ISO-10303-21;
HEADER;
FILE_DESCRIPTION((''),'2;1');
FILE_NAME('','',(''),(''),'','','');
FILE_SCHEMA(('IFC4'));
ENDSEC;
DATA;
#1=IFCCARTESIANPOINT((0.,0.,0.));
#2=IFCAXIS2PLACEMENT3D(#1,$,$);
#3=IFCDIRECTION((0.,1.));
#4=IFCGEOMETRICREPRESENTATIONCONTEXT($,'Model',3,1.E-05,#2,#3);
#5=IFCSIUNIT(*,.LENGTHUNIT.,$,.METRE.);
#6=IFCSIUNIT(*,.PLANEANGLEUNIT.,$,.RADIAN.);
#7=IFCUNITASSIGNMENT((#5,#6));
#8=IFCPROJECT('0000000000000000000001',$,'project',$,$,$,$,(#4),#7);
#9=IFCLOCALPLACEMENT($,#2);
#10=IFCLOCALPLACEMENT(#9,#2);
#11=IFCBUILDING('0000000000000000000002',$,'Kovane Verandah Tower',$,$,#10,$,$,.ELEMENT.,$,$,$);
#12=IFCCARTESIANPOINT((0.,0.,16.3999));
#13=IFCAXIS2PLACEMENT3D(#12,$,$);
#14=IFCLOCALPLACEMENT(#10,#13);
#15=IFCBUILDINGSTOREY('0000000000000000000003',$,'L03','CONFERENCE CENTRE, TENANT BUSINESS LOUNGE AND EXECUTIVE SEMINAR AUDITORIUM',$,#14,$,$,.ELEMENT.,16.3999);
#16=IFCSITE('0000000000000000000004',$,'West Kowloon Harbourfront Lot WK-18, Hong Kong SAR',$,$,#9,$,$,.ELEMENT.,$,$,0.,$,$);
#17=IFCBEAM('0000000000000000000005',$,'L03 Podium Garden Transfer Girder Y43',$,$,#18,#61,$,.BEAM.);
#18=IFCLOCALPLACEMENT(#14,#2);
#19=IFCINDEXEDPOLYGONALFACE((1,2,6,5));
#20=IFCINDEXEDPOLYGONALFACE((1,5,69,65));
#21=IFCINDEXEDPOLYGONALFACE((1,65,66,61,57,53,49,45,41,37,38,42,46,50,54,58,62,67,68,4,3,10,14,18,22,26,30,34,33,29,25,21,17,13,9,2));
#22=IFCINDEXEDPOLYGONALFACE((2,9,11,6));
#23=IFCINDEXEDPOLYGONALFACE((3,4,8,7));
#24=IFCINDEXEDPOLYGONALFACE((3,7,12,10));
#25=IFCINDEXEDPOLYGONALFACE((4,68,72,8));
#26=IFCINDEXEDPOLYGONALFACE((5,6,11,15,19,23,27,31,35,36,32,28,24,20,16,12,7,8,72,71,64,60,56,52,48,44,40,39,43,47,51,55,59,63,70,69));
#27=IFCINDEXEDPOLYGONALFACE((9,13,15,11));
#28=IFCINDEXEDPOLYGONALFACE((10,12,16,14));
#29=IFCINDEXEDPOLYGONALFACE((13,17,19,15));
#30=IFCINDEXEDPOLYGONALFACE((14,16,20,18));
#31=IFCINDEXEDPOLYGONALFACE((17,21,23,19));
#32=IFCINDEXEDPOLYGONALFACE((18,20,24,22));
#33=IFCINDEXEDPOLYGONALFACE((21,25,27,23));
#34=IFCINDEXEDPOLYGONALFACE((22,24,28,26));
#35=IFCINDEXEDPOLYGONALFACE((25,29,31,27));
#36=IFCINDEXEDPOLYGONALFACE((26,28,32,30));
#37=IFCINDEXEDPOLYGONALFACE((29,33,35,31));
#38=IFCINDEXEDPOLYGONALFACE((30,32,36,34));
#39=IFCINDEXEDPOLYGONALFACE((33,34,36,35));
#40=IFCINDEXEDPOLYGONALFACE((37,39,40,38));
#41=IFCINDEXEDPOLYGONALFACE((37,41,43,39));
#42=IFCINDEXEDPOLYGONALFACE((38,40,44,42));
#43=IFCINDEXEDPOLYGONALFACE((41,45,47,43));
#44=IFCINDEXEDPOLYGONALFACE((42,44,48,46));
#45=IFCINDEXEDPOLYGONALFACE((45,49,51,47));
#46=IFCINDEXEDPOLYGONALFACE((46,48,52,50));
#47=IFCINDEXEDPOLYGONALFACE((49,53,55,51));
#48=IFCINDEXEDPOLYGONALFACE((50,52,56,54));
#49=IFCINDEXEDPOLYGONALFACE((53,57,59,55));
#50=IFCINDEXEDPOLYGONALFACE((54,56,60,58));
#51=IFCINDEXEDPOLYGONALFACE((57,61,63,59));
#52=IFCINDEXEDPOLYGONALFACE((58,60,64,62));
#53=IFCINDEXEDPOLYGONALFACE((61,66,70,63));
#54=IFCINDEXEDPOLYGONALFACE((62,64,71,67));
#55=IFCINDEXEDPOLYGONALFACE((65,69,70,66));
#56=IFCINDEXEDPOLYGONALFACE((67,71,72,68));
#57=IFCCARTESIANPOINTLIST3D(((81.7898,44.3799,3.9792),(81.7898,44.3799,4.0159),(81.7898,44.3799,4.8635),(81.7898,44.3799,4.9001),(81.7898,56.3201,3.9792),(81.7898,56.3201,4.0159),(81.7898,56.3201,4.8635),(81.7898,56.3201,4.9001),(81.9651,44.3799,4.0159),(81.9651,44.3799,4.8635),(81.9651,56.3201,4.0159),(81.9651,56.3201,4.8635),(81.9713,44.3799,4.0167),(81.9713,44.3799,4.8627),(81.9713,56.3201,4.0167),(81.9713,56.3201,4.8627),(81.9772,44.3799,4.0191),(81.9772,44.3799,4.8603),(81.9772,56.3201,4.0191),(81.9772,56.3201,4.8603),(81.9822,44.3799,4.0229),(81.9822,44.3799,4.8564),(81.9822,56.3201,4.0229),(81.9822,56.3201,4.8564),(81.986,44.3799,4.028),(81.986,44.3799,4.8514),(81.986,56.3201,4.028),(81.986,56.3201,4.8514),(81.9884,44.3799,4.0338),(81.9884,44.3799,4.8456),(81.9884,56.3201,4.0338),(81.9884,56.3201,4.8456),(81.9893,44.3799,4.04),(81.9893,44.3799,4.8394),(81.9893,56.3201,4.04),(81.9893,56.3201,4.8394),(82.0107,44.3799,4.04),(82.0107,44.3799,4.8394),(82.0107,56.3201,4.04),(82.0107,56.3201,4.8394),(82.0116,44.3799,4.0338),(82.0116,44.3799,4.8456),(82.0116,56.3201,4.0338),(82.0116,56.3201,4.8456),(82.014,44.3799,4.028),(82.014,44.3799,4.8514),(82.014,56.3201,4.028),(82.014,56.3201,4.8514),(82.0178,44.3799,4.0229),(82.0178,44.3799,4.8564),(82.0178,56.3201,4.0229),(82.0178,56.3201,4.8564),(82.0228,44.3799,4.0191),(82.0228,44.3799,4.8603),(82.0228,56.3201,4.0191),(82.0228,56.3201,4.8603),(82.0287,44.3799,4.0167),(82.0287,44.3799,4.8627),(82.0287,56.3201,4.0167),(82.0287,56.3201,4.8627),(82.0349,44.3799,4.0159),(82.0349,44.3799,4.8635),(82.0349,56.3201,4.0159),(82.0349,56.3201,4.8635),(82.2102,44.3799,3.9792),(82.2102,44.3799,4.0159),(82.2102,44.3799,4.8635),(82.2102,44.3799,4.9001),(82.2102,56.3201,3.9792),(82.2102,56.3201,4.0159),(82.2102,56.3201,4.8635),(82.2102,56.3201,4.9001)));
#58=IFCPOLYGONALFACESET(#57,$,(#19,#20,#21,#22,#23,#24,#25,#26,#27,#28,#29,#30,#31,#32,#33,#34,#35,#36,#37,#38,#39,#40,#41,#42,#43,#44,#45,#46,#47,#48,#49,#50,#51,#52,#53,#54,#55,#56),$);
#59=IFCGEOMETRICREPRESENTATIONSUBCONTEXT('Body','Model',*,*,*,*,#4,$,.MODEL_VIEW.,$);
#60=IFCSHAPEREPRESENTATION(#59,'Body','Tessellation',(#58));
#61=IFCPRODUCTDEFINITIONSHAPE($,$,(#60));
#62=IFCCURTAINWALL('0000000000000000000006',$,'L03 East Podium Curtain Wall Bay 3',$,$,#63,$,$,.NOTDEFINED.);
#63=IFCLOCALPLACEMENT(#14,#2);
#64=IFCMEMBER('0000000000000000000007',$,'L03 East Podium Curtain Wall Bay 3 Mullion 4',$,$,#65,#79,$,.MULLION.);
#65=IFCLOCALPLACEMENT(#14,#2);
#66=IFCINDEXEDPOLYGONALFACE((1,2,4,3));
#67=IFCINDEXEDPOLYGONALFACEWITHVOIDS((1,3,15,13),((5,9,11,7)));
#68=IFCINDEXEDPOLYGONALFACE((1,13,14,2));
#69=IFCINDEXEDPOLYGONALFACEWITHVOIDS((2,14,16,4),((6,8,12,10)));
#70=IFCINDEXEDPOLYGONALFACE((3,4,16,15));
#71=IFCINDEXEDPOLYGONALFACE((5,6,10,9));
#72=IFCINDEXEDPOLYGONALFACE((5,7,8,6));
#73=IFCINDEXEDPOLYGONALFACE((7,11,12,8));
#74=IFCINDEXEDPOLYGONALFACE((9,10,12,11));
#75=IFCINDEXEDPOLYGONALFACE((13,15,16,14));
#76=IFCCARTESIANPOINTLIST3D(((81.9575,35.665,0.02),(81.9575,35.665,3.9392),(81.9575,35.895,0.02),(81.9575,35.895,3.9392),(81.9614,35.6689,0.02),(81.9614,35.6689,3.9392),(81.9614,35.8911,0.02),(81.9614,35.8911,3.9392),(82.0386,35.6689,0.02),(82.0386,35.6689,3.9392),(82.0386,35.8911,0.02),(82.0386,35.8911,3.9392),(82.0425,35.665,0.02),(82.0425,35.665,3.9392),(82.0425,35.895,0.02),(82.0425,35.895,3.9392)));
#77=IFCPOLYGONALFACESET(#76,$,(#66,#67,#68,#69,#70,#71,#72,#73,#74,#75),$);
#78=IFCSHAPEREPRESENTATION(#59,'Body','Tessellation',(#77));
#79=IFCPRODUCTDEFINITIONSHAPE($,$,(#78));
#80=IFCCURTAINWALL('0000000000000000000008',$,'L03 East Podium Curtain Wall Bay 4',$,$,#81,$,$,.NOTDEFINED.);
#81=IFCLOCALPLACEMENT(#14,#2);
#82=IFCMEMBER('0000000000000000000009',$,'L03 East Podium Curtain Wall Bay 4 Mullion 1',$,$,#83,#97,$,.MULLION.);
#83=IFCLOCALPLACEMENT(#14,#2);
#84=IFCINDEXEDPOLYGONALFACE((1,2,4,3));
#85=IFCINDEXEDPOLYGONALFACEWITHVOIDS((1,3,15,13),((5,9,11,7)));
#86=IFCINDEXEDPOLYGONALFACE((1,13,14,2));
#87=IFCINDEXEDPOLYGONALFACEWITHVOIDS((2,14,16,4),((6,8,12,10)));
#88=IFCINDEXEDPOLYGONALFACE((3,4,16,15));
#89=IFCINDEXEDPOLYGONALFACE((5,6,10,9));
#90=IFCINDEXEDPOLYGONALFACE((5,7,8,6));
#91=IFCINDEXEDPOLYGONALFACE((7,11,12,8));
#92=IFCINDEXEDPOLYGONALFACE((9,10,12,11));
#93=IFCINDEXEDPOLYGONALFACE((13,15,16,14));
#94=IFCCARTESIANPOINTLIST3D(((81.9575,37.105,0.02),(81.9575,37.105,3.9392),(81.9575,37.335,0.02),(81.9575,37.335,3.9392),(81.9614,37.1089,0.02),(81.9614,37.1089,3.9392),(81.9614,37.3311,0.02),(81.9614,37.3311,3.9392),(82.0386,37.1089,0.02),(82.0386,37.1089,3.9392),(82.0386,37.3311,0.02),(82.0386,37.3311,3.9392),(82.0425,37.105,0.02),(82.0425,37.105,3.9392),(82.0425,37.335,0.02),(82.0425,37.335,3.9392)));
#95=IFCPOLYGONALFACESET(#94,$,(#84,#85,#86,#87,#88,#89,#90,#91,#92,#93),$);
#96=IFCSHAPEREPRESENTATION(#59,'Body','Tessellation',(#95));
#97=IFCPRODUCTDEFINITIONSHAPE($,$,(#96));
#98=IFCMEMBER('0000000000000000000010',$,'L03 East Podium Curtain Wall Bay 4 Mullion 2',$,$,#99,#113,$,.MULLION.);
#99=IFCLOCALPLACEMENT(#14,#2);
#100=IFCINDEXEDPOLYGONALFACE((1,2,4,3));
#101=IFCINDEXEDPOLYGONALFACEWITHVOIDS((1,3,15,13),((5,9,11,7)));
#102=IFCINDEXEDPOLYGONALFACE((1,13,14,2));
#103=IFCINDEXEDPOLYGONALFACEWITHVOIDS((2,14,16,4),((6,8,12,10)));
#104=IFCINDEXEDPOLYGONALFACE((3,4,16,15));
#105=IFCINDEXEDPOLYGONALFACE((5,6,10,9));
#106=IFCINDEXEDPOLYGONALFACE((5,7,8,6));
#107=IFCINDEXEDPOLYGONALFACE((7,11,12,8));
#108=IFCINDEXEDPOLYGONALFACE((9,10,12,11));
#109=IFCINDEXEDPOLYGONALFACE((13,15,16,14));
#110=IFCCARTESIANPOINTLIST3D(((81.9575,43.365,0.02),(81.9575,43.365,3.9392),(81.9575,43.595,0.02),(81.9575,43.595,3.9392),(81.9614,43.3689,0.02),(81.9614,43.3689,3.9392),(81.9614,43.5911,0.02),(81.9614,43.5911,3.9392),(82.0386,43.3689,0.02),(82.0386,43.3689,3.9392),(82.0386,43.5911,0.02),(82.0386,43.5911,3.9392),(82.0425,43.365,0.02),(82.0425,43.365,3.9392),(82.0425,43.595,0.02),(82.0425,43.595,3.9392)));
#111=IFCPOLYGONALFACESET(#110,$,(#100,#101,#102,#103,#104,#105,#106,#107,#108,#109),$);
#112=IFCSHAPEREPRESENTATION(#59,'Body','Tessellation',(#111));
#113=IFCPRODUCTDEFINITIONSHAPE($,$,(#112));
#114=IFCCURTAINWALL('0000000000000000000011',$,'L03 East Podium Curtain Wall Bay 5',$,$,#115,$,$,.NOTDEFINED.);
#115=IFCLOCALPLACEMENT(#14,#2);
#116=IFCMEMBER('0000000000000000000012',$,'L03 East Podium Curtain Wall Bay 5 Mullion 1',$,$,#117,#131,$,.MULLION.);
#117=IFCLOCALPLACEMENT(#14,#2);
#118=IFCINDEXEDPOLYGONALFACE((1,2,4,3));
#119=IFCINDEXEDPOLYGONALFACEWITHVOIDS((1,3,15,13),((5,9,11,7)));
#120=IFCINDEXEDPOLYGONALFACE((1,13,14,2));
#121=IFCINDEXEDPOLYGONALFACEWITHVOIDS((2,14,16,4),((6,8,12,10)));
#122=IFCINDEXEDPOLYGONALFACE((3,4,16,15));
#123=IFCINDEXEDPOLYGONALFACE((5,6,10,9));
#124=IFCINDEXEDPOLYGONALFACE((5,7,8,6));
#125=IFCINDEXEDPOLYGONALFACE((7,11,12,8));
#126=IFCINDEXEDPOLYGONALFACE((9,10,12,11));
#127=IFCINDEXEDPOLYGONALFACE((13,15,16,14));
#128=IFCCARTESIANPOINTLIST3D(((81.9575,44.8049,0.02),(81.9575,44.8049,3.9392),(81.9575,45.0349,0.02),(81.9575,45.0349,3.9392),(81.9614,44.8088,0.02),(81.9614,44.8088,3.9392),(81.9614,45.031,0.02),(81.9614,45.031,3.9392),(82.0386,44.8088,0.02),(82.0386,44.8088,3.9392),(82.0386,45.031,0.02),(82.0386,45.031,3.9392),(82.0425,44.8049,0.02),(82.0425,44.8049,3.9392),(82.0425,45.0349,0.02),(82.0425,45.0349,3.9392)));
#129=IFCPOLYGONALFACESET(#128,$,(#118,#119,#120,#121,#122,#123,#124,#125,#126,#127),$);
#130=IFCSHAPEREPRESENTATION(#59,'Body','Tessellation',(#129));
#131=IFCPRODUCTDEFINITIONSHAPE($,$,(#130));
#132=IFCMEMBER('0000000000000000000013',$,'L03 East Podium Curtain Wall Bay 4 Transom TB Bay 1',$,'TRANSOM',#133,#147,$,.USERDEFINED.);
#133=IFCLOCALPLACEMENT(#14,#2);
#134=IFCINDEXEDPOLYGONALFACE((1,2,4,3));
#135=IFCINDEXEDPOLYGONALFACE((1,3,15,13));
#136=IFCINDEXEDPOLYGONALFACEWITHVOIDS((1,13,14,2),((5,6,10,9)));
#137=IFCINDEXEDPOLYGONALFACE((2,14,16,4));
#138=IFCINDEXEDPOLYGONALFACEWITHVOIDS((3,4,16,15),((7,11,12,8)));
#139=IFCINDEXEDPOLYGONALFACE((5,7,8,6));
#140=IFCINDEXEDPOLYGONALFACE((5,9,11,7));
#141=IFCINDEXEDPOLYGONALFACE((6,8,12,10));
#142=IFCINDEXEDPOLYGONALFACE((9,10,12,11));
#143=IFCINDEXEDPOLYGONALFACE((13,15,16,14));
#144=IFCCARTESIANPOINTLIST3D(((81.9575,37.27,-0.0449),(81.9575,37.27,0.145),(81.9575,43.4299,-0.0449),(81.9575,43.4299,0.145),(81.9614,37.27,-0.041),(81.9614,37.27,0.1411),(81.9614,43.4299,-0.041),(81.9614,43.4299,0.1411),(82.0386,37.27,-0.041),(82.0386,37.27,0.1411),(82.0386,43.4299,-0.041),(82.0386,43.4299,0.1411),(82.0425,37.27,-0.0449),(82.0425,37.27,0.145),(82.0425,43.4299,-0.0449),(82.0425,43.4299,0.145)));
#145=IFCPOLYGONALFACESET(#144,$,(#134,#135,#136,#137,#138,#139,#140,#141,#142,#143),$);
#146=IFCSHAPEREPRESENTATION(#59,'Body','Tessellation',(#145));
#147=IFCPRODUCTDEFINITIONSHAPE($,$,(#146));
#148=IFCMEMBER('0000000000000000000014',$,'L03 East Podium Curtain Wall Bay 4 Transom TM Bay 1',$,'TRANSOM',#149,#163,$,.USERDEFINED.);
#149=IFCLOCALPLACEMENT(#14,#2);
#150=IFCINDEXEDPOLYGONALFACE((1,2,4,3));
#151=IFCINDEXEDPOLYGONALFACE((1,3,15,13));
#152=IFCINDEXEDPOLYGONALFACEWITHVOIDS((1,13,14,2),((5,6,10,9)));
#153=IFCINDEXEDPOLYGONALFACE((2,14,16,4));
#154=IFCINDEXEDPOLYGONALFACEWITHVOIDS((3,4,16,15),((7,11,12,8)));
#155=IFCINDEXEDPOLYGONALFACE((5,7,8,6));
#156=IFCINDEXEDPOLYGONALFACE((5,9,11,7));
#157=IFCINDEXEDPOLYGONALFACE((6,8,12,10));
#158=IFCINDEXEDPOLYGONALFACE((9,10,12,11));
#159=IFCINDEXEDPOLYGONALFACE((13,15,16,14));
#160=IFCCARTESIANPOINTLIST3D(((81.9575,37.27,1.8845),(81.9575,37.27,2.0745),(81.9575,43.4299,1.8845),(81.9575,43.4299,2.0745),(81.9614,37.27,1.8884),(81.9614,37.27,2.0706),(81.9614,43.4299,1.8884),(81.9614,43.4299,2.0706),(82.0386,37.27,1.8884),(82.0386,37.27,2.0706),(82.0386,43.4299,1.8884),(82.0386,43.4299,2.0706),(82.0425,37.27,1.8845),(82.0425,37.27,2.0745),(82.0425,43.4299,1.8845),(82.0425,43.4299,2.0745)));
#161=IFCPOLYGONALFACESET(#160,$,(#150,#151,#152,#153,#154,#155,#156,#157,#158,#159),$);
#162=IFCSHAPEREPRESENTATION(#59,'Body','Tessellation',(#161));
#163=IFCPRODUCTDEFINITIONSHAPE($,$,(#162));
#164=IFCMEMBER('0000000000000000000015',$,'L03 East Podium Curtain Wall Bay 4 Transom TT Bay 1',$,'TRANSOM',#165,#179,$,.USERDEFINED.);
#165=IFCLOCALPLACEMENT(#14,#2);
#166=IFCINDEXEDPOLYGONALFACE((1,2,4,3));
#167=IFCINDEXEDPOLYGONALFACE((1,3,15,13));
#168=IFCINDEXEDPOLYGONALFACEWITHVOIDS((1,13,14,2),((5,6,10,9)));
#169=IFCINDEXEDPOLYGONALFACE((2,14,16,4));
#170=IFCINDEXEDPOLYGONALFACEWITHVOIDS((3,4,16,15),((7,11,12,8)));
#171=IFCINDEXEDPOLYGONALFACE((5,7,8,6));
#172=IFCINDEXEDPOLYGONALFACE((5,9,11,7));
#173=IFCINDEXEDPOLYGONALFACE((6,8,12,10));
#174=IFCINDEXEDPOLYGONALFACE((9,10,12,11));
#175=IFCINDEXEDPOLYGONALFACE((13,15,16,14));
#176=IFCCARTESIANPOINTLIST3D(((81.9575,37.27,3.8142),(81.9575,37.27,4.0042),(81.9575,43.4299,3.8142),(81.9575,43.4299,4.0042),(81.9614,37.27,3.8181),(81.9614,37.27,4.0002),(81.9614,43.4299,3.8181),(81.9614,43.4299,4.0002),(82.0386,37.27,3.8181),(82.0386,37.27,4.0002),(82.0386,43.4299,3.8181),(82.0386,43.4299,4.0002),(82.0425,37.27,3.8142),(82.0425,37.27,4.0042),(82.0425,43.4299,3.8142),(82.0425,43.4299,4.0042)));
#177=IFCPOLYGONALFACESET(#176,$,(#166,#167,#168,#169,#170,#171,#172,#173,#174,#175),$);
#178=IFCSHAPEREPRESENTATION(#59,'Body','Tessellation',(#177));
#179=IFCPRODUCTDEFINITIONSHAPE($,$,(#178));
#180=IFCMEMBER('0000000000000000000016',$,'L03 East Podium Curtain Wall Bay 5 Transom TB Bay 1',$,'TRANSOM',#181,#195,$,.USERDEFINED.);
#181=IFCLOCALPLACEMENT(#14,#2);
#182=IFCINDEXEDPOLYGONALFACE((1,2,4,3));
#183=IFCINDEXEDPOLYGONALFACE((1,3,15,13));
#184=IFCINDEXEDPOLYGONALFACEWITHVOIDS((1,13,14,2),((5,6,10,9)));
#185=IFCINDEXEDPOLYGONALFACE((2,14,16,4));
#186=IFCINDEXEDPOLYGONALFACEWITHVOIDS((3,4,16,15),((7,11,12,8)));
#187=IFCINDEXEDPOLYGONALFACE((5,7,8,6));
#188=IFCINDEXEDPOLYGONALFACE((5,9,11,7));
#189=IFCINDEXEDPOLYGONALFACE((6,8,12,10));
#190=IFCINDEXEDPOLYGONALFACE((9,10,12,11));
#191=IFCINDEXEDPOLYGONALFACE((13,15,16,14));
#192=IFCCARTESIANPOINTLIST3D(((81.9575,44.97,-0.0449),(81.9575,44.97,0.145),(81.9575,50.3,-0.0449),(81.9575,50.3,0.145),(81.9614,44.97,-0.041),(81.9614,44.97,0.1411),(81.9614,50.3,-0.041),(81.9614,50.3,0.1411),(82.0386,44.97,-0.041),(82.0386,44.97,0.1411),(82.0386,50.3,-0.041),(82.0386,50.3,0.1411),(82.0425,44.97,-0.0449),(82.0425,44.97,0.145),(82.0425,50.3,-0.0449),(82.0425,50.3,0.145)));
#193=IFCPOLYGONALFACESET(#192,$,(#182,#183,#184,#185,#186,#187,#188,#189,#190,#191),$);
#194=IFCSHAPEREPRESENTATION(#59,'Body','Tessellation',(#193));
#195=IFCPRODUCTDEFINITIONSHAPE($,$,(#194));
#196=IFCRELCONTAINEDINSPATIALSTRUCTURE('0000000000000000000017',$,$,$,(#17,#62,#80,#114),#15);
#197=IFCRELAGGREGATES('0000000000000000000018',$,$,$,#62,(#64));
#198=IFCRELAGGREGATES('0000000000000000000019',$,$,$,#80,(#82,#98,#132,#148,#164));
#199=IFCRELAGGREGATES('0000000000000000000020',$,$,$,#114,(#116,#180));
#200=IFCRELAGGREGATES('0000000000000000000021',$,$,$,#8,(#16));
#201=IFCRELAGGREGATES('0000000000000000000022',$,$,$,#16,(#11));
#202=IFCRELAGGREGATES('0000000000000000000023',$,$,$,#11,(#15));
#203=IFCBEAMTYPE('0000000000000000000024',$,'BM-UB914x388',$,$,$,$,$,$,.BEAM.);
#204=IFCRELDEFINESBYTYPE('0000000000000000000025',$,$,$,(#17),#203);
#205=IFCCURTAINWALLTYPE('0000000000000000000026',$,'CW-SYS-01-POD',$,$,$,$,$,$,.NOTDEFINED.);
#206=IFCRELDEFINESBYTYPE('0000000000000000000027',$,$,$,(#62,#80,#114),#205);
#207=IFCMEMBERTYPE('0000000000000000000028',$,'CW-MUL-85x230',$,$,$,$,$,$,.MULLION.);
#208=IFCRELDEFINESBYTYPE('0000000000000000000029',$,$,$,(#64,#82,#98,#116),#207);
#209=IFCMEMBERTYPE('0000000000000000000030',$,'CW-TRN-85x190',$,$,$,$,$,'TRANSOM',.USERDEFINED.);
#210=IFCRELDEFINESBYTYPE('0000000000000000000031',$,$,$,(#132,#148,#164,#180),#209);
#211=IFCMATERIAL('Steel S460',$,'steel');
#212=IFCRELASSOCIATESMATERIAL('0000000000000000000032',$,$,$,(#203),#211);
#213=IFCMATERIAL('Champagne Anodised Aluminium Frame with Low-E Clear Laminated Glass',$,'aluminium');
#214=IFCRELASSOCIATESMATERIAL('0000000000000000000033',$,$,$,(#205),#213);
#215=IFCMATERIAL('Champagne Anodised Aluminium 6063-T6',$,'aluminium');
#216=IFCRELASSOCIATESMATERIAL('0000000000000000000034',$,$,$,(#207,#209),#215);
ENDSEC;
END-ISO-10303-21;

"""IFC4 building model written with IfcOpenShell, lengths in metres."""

from ifc_helpers import new_model, si_unit, direction, frame, origin, origin_2d, place, context, subcontext, project, spatial, hollow_rectangle, i_section, extrude, material, material_profile, profile_set, type_object, element, aggregate, save


model = new_model("IFC4")

# Units and contexts
model_context = context("Model", 3, precision=1e-05, world=origin(), true_north=direction((0.0, 1.0)))
body_context = subcontext(model_context, "Body", "Model", "MODEL_VIEW")
ifc_project = project(units=[si_unit("LENGTHUNIT", "METRE"), si_unit("PLANEANGLEUNIT", "RADIAN")], contexts=[model_context])

# Site, building, storey
site_placement = place(None, origin())
site = spatial("IfcSite", under=ifc_project, at=site_placement, Name="West Kowloon Harbourfront Lot WK-18, Hong Kong SAR", CompositionType="ELEMENT", RefElevation=0.0)
building_placement = place(site_placement, origin())
building = spatial("IfcBuilding", under=site, at=building_placement, Name="Kovane Verandah Tower", CompositionType="ELEMENT")
storey_placement = place(building_placement, frame((0.0, 0.0, 16.3999)))
storey = spatial("IfcBuildingStorey", under=building, at=storey_placement, Name="L03", Description="CONFERENCE CENTRE, TENANT BUSINESS LOUNGE AND EXECUTIVE SEMINAR AUDITORIUM", CompositionType="ELEMENT", Elevation=16.3999)

# Shared definitions
ifc_material_1 = material(Name="Steel S460", Category="steel")

# Beam
ifc_material_profile_1 = material_profile(ifc_material_1, i_section(OverallWidth=0.4204, OverallDepth=0.9209, WebThickness=0.0215, FlangeThickness=0.0366, FilletRadius=0.0242, at=origin_2d()), Name="UB914x419x388")
ifc_profile_set_1 = profile_set([ifc_material_profile_1], Name="Steel S460")
beam_type = type_object("IfcBeamType", Name="BM-UB914x388", PredefinedType="BEAM", material=ifc_profile_set_1)
beam_1_placement = place(storey_placement, frame((82.0, 44.3799, 4.4397), z_axis=(0.0, 1.0, 0.0), x_axis=(-1.0, 0.0, 0.0)))
element("IfcBeam", 1, at=beam_1_placement, inside=storey, type_object=beam_type, Name="L03 Podium Garden Transfer Girder Y43", PredefinedType="BEAM", context=body_context, shape_type="SweptSolid", body=[
    extrude(i_section(OverallWidth=0.4204, OverallDepth=0.9209, WebThickness=0.0215, FlangeThickness=0.0366, FilletRadius=0.0242, at=origin_2d()), origin(), (0.0, 0.0, 1.0), 11.9402),
])

# Curtain wall, member
ifc_material_2 = material(Name="Champagne Anodised Aluminium Frame with Low-E Clear Laminated Glass", Category="aluminium")
curtain_wall_type = type_object("IfcCurtainWallType", Name="CW-SYS-01-POD", PredefinedType="NOTDEFINED", material=ifc_material_2)
curtain_wall_1_placement = place(storey_placement, origin())
curtain_wall_1 = element("IfcCurtainWall", 2, at=curtain_wall_1_placement, inside=storey, type_object=curtain_wall_type, Name="L03 East Podium Curtain Wall Bay 3", PredefinedType="NOTDEFINED")
ifc_material_3 = material(Name="Champagne Anodised Aluminium 6063-T6", Category="aluminium")
ifc_material_profile_2 = material_profile(ifc_material_3, hollow_rectangle(XDim=0.085, YDim=0.23, WallThickness=0.0039, at=origin_2d()), Name="AL85x230x4")
ifc_profile_set_2 = profile_set([ifc_material_profile_2], Name="Champagne Anodised Aluminium 6063-T6")
member_type_1 = type_object("IfcMemberType", Name="CW-MUL-85x230", PredefinedType="MULLION", material=ifc_profile_set_2)
member_1_placement = place(storey_placement, frame((82.0, 35.78, 0.02), z_axis=(0.0, 0.0, 1.0), x_axis=(1.0, 0.0, 0.0)))
member_1 = element("IfcMember", 3, at=member_1_placement, type_object=member_type_1, Name="L03 East Podium Curtain Wall Bay 3 Mullion 4", PredefinedType="MULLION", context=body_context, shape_type="SweptSolid", body=[
    extrude(hollow_rectangle(XDim=0.085, YDim=0.23, WallThickness=0.0039, at=origin_2d()), origin(), (0.0, 0.0, 1.0), 3.9192),
])

# Curtain wall, members
curtain_wall_2_placement = place(storey_placement, origin())
curtain_wall_2 = element("IfcCurtainWall", 4, at=curtain_wall_2_placement, inside=storey, type_object=curtain_wall_type, Name="L03 East Podium Curtain Wall Bay 4", PredefinedType="NOTDEFINED")
member_2_placement = place(storey_placement, frame((82.0, 37.22, 0.02), z_axis=(0.0, 0.0, 1.0), x_axis=(1.0, 0.0, 0.0)))
member_2 = element("IfcMember", 5, at=member_2_placement, type_object=member_type_1, Name="L03 East Podium Curtain Wall Bay 4 Mullion 1", PredefinedType="MULLION", context=body_context, shape_type="SweptSolid", body=[
    extrude(hollow_rectangle(XDim=0.085, YDim=0.23, WallThickness=0.0039, at=origin_2d()), origin(), (0.0, 0.0, 1.0), 3.9192),
])
member_3_placement = place(storey_placement, frame((82.0, 43.48, 0.02), z_axis=(0.0, 0.0, 1.0), x_axis=(1.0, 0.0, 0.0)))
member_3 = element("IfcMember", 6, at=member_3_placement, type_object=member_type_1, Name="L03 East Podium Curtain Wall Bay 4 Mullion 2", PredefinedType="MULLION", context=body_context, shape_type="SweptSolid", body=[
    extrude(hollow_rectangle(XDim=0.085, YDim=0.23, WallThickness=0.0039, at=origin_2d()), origin(), (0.0, 0.0, 1.0), 3.9192),
])

# Curtain wall, member
curtain_wall_3_placement = place(storey_placement, origin())
curtain_wall_3 = element("IfcCurtainWall", 7, at=curtain_wall_3_placement, inside=storey, type_object=curtain_wall_type, Name="L03 East Podium Curtain Wall Bay 5", PredefinedType="NOTDEFINED")
member_4_placement = place(storey_placement, frame((82.0, 44.9199, 0.02), z_axis=(0.0, 0.0, 1.0), x_axis=(1.0, 0.0, 0.0)))
member_4 = element("IfcMember", 8, at=member_4_placement, type_object=member_type_1, Name="L03 East Podium Curtain Wall Bay 5 Mullion 1", PredefinedType="MULLION", context=body_context, shape_type="SweptSolid", body=[
    extrude(hollow_rectangle(XDim=0.085, YDim=0.23, WallThickness=0.0039, at=origin_2d()), origin(), (0.0, 0.0, 1.0), 3.9192),
])

# Members
ifc_material_profile_3 = material_profile(ifc_material_3, hollow_rectangle(XDim=0.085, YDim=0.1899, WallThickness=0.0039, at=origin_2d()), Name="AL85x190x4")
ifc_profile_set_3 = profile_set([ifc_material_profile_3], Name="Champagne Anodised Aluminium 6063-T6")
member_type_2 = type_object("IfcMemberType", Name="CW-TRN-85x190", ElementType="TRANSOM", PredefinedType="USERDEFINED", material=ifc_profile_set_3)
member_5_placement = place(storey_placement, frame((82.0, 37.27, 0.05), z_axis=(0.0, 1.0, 0.0), x_axis=(-1.0, 0.0, 0.0)))
member_5 = element("IfcMember", 9, at=member_5_placement, type_object=member_type_2, Name="L03 East Podium Curtain Wall Bay 4 Transom TB Bay 1", ObjectType="TRANSOM", PredefinedType="USERDEFINED", context=body_context, shape_type="SweptSolid", body=[
    extrude(hollow_rectangle(XDim=0.085, YDim=0.1899, WallThickness=0.0039, at=origin_2d()), origin(), (0.0, 0.0, 1.0), 6.1599),
])
member_6_placement = place(storey_placement, frame((82.0, 37.27, 1.9795), z_axis=(0.0, 1.0, 0.0), x_axis=(-1.0, 0.0, 0.0)))
member_6 = element("IfcMember", 10, at=member_6_placement, type_object=member_type_2, Name="L03 East Podium Curtain Wall Bay 4 Transom TM Bay 1", ObjectType="TRANSOM", PredefinedType="USERDEFINED", context=body_context, shape_type="SweptSolid", body=[
    extrude(hollow_rectangle(XDim=0.085, YDim=0.1899, WallThickness=0.0039, at=origin_2d()), origin(), (0.0, 0.0, 1.0), 6.1599),
])
member_7_placement = place(storey_placement, frame((82.0, 37.27, 3.9092), z_axis=(0.0, 1.0, 0.0), x_axis=(-1.0, 0.0, 0.0)))
member_7 = element("IfcMember", 11, at=member_7_placement, type_object=member_type_2, Name="L03 East Podium Curtain Wall Bay 4 Transom TT Bay 1", ObjectType="TRANSOM", PredefinedType="USERDEFINED", context=body_context, shape_type="SweptSolid", body=[
    extrude(hollow_rectangle(XDim=0.085, YDim=0.1899, WallThickness=0.0039, at=origin_2d()), origin(), (0.0, 0.0, 1.0), 6.1599),
])
member_8_placement = place(storey_placement, frame((82.0, 44.97, 0.05), z_axis=(0.0, 1.0, 0.0), x_axis=(-1.0, 0.0, 0.0)))
member_8 = element("IfcMember", 12, at=member_8_placement, type_object=member_type_2, Name="L03 East Podium Curtain Wall Bay 5 Transom TB Bay 1", ObjectType="TRANSOM", PredefinedType="USERDEFINED", context=body_context, shape_type="SweptSolid", body=[
    extrude(hollow_rectangle(XDim=0.085, YDim=0.1899, WallThickness=0.0039, at=origin_2d()), origin(), (0.0, 0.0, 1.0), 5.3301),
])

aggregate(curtain_wall_1, [member_1])
aggregate(curtain_wall_2, [member_2, member_3, member_5, member_6, member_7])
aggregate(curtain_wall_3, [member_4, member_8])

save(model, "model.ifc")
